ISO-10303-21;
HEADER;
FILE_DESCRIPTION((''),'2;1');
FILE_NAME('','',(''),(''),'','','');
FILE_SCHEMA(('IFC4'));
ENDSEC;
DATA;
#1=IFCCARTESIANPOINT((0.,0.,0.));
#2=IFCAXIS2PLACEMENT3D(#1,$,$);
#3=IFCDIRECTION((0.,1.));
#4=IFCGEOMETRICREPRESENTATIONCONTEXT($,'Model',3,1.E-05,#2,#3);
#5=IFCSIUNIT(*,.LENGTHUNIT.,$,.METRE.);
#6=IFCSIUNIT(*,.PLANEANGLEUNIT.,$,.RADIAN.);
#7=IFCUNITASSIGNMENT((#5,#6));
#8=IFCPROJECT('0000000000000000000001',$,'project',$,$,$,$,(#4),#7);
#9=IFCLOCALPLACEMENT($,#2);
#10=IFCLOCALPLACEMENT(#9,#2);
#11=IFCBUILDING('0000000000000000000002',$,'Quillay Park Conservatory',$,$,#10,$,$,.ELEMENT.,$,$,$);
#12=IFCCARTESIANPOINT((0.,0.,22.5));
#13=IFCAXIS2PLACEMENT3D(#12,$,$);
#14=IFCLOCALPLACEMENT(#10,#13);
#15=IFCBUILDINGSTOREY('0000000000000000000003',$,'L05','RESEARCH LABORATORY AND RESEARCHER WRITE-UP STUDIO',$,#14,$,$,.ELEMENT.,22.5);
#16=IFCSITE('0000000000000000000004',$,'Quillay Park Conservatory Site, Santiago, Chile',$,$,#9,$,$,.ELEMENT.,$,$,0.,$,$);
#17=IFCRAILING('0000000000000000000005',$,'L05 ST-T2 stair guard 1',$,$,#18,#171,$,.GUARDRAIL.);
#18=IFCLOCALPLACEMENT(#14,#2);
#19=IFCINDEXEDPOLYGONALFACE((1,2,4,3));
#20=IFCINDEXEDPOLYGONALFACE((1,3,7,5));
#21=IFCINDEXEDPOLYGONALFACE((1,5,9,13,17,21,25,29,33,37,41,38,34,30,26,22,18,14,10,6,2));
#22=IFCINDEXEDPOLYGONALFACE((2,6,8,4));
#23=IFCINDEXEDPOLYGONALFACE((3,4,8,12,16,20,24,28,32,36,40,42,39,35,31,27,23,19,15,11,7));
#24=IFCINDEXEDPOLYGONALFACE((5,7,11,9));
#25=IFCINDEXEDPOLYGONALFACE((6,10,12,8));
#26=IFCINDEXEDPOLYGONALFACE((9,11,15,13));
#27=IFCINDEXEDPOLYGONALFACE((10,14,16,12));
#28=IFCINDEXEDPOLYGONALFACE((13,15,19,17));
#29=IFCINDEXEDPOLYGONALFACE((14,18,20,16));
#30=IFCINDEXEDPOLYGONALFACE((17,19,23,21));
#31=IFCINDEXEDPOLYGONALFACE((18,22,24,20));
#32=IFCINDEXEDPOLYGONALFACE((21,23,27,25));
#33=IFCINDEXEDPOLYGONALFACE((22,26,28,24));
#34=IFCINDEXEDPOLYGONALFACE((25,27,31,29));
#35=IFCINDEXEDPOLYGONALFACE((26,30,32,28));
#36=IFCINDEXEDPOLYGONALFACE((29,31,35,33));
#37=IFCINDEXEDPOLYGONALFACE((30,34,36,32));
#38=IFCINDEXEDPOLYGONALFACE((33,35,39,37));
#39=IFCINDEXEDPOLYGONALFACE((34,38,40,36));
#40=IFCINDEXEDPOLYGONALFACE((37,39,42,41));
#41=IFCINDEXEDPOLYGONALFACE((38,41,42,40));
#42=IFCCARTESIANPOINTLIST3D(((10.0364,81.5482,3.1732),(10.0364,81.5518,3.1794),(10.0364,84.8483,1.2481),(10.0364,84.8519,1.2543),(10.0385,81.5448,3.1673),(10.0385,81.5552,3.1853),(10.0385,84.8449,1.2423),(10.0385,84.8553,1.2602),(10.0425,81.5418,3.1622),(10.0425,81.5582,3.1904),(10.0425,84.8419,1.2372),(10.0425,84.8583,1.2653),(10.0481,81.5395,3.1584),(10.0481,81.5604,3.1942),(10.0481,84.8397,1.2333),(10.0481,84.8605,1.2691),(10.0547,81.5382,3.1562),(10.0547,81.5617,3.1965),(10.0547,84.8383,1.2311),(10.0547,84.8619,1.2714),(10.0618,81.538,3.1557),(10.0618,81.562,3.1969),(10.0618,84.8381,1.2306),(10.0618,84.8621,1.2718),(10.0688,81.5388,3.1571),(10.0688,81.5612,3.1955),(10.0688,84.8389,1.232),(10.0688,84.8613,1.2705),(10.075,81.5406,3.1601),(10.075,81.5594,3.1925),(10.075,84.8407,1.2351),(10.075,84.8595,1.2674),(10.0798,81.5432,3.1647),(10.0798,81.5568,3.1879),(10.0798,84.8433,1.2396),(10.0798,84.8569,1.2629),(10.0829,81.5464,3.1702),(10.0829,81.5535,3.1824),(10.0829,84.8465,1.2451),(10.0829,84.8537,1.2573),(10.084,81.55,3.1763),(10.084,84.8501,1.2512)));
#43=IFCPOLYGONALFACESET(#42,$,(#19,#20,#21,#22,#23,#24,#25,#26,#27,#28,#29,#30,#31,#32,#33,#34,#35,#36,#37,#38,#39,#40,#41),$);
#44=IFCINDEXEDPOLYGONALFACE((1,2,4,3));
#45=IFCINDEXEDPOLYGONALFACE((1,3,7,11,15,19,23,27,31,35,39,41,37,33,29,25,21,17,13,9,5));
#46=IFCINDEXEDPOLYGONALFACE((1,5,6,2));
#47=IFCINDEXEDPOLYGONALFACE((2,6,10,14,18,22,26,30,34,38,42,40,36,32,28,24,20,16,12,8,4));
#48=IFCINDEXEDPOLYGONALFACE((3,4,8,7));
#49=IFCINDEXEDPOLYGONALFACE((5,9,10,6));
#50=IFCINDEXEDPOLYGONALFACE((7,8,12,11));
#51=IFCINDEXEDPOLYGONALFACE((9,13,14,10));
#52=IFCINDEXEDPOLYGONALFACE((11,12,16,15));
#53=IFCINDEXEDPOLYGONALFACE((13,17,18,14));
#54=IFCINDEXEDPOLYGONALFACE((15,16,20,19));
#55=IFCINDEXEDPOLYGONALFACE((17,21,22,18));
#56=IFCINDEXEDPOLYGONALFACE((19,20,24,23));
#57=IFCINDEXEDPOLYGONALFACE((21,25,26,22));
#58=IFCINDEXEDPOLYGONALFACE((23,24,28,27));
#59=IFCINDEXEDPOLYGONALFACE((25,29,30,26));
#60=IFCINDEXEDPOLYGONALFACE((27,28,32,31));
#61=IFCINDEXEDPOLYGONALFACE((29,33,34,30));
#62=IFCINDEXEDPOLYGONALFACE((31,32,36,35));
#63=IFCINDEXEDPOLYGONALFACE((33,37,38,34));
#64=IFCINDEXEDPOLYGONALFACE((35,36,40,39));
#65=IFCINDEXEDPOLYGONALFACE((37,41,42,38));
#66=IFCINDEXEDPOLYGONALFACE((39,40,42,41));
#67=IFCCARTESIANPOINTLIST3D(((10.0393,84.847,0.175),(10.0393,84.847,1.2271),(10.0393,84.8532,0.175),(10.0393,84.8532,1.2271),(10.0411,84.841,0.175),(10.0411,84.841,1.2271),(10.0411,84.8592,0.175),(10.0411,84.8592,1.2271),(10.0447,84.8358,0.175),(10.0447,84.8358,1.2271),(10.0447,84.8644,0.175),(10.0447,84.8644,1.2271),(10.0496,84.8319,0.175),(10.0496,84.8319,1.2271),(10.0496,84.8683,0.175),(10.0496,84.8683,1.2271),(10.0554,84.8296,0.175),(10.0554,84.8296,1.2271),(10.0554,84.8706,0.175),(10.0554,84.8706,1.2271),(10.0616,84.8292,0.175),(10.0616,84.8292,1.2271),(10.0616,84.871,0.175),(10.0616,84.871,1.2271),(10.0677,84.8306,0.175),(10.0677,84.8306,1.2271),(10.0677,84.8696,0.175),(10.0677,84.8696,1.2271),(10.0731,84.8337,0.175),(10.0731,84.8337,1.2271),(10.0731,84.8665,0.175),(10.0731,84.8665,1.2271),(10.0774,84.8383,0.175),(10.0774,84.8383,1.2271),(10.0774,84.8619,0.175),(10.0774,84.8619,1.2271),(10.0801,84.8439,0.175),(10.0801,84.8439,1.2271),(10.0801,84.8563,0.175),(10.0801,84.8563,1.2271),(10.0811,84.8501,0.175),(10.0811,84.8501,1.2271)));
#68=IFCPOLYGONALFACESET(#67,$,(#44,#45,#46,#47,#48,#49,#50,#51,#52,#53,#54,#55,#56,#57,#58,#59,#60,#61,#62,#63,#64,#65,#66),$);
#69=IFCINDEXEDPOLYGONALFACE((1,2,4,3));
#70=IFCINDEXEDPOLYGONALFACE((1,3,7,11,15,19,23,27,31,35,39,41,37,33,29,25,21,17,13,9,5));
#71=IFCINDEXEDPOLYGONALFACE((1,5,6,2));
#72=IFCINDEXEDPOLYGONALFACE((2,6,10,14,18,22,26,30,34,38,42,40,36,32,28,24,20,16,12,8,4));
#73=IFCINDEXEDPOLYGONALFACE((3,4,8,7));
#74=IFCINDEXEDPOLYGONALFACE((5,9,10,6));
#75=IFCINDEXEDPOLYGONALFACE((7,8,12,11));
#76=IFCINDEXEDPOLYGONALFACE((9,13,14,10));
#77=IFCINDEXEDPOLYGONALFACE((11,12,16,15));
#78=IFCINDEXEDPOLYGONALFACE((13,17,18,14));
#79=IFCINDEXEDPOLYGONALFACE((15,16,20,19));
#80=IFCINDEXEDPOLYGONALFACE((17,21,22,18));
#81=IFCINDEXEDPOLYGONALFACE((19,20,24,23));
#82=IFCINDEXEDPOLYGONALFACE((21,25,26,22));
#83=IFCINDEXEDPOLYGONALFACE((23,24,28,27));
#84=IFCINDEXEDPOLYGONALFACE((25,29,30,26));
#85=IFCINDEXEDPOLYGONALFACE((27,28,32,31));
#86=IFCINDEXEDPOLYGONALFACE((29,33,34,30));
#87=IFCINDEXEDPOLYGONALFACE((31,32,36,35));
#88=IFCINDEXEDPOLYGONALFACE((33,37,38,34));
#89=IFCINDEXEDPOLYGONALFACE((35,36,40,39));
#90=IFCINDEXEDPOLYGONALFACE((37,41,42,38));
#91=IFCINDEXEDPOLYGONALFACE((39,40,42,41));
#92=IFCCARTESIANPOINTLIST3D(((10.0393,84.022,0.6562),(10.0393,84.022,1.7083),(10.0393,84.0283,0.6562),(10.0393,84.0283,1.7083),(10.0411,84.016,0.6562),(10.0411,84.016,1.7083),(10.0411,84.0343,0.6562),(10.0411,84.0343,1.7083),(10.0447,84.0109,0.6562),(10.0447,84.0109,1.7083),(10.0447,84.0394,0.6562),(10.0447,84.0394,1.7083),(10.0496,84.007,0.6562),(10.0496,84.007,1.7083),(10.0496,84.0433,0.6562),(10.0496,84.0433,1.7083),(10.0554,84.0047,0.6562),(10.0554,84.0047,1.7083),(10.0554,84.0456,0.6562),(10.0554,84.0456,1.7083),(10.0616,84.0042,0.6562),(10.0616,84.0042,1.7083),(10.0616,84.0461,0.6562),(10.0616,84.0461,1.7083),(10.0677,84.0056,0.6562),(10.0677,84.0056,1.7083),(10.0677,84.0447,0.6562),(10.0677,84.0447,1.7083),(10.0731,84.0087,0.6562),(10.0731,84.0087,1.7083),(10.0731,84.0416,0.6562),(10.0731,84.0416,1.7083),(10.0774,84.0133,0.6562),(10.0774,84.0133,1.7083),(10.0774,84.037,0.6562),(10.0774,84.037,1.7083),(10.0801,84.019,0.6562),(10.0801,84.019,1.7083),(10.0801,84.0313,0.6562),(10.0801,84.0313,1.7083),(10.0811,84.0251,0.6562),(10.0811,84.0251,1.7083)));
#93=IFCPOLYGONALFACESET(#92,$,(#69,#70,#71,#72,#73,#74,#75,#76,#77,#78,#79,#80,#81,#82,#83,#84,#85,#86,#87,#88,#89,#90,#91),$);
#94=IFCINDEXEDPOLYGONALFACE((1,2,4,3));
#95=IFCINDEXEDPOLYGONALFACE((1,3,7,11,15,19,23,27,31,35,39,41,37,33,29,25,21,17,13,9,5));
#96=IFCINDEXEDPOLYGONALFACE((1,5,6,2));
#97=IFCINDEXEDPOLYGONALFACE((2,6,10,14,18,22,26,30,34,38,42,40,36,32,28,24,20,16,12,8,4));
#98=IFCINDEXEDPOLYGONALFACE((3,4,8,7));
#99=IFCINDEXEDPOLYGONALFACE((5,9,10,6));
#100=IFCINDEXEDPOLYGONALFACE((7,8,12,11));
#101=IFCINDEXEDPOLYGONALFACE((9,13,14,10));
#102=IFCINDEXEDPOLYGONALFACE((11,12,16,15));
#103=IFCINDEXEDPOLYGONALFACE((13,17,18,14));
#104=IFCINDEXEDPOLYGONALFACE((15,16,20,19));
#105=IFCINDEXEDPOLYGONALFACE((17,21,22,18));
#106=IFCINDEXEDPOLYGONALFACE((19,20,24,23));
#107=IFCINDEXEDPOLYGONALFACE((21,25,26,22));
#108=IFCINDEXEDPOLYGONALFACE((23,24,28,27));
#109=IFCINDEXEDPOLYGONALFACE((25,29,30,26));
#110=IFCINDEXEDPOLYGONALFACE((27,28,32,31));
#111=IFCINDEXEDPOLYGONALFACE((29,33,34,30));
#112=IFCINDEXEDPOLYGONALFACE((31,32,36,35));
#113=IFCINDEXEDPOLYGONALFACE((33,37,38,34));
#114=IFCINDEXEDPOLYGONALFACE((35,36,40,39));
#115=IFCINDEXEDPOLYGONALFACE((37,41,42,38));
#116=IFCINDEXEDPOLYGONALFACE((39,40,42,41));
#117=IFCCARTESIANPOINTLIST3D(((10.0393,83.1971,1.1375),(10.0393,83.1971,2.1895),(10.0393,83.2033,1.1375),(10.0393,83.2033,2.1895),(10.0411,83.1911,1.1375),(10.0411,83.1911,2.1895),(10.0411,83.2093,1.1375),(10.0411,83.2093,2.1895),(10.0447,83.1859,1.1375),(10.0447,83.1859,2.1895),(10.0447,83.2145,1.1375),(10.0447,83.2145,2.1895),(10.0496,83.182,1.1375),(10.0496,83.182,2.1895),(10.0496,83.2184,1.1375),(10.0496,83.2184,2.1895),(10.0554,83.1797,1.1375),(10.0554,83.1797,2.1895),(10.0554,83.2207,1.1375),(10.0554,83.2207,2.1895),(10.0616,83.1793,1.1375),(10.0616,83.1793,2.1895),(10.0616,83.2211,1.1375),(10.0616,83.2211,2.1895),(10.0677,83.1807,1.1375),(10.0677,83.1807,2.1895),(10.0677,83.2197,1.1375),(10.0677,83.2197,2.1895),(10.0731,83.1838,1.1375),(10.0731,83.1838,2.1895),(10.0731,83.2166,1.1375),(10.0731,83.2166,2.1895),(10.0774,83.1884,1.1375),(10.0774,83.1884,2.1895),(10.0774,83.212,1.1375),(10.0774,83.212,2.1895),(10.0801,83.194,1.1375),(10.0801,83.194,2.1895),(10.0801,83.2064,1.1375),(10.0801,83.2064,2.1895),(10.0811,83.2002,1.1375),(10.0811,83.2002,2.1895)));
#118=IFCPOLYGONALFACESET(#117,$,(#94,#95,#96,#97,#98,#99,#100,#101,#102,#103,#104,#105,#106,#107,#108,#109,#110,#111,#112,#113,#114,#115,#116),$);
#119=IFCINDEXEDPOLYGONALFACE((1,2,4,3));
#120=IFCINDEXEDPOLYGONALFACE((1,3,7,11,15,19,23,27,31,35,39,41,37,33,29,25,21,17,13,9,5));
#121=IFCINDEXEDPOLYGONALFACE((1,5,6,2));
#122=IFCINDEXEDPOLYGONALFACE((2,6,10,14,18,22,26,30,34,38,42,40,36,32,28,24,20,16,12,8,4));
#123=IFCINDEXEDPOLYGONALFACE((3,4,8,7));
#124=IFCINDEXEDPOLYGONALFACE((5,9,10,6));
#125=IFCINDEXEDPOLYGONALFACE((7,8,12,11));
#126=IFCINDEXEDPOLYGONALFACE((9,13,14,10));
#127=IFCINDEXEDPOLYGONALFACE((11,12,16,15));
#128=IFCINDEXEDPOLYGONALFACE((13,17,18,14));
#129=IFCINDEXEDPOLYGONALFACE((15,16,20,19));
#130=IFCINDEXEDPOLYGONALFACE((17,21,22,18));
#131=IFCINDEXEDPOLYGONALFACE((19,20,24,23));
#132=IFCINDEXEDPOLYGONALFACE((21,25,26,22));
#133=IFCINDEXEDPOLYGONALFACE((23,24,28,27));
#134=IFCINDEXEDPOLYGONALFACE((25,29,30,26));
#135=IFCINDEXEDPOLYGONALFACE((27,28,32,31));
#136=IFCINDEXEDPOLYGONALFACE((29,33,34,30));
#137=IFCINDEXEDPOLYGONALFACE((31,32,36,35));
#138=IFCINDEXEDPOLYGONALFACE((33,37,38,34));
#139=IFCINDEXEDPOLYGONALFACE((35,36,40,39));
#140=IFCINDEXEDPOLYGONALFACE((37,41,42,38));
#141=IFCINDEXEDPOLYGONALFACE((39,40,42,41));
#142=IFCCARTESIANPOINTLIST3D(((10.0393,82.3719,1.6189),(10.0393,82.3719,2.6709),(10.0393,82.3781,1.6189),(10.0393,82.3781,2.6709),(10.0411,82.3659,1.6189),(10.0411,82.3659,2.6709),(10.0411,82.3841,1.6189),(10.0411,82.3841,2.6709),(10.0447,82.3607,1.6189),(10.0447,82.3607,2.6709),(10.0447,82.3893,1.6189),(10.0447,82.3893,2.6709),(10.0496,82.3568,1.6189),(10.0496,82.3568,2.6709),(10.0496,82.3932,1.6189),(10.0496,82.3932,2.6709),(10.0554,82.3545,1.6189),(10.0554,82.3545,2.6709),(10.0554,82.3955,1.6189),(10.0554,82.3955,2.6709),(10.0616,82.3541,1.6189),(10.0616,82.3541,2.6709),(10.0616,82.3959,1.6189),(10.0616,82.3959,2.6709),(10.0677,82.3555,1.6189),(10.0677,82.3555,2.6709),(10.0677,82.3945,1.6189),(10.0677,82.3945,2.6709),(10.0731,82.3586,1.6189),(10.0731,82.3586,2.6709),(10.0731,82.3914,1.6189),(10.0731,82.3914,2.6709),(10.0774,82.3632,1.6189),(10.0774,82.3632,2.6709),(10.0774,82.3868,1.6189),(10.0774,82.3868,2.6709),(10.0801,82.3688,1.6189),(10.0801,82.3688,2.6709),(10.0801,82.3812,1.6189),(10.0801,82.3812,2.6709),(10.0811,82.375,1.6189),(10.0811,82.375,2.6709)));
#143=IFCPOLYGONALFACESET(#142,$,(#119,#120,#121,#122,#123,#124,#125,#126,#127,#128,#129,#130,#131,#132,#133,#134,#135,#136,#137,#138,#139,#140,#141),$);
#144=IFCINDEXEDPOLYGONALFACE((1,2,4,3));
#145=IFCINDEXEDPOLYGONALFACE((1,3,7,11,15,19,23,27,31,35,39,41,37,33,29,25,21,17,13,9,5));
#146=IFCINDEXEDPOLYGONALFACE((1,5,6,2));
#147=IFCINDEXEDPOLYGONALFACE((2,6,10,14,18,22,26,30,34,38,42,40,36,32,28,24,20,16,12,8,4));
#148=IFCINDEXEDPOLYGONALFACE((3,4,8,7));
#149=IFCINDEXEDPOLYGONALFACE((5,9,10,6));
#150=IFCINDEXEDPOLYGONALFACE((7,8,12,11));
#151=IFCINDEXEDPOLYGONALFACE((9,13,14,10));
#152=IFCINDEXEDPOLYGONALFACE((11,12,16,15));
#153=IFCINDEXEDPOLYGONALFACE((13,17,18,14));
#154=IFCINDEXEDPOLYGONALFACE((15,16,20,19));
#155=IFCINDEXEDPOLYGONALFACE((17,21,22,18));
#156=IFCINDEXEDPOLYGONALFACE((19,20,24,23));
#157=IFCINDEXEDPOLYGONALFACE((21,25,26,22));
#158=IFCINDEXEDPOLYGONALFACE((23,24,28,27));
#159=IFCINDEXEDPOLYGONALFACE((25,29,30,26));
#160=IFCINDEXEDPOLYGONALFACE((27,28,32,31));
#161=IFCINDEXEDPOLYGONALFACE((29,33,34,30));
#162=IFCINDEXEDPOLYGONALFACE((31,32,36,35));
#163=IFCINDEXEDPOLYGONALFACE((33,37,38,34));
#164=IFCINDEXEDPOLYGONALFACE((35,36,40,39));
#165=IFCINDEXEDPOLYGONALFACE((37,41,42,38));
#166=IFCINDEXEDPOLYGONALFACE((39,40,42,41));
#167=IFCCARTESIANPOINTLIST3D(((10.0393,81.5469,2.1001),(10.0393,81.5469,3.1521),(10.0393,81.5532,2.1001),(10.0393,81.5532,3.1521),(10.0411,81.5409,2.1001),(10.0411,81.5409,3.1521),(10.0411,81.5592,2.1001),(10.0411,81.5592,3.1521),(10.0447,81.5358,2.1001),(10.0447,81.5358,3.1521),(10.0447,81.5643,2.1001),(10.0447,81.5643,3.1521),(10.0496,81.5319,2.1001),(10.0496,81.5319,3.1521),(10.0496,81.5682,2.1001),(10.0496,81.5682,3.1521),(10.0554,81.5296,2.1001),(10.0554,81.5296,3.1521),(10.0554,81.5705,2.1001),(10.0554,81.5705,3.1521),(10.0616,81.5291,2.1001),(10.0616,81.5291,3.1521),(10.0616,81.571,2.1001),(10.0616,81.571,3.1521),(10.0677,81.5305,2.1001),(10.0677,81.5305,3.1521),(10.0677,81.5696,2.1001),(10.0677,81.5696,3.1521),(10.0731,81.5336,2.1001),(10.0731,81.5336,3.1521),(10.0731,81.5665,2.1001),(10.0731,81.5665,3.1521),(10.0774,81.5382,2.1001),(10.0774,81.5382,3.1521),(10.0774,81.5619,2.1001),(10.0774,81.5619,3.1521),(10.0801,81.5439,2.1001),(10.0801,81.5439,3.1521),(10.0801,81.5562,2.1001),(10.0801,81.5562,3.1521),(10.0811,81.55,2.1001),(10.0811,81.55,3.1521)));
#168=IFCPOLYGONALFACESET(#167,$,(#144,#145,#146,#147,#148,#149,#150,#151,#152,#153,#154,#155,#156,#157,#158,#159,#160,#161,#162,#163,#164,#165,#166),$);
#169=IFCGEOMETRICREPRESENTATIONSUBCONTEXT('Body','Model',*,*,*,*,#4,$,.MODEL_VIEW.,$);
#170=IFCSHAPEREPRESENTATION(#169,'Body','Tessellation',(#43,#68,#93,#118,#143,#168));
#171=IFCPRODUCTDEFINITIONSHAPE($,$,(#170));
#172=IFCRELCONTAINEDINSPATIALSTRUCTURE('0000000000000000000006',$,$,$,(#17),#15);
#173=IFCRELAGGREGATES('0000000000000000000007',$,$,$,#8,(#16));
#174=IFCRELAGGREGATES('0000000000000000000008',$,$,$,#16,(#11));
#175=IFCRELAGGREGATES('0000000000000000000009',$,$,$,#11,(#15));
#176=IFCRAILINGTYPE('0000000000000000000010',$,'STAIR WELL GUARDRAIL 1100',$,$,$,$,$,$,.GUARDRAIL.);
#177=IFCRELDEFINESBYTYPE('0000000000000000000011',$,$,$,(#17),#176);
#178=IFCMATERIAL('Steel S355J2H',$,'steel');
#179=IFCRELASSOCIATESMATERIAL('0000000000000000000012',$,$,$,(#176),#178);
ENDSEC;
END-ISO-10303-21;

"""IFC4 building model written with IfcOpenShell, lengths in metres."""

from ifc_helpers import new_model, si_unit, direction, frame, origin, origin_2d, place, context, subcontext, project, spatial, circle, extrude, material, type_object, element, save


model = new_model("IFC4")

# Units and contexts
model_context = context("Model", 3, precision=1e-05, world=origin(), true_north=direction((0.0, 1.0)))
body_context = subcontext(model_context, "Body", "Model", "MODEL_VIEW")
ifc_project = project(units=[si_unit("LENGTHUNIT", "METRE"), si_unit("PLANEANGLEUNIT", "RADIAN")], contexts=[model_context])

# Site, building, storey
site_placement = place(None, origin())
site = spatial("IfcSite", under=ifc_project, at=site_placement, Name="Quillay Park Conservatory Site, Santiago, Chile", CompositionType="ELEMENT", RefElevation=0.0)
building_placement = place(site_placement, origin())
building = spatial("IfcBuilding", under=site, at=building_placement, Name="Quillay Park Conservatory", CompositionType="ELEMENT")
storey_placement = place(building_placement, frame((0.0, 0.0, 22.5)))
storey = spatial("IfcBuildingStorey", under=building, at=storey_placement, Name="L05", Description="RESEARCH LABORATORY AND RESEARCHER WRITE-UP STUDIO", CompositionType="ELEMENT", Elevation=22.5)

# Railing
ifc_material_1 = material(Name="Steel S355J2H", Category="steel")
railing_type_1 = type_object("IfcRailingType", Name="STAIR WELL GUARDRAIL 1100", PredefinedType="GUARDRAIL", material=ifc_material_1)
railing_1_placement = place(storey_placement, frame((10.0601, 84.8501, 0.175)))
element("IfcRailing", 1, at=railing_1_placement, inside=storey, type_object=railing_type_1, Name="L05 ST-T2 stair guard 1", PredefinedType="GUARDRAIL", context=body_context, shape_type="SweptSolid", body=[
    extrude(circle(Radius=0.0239, at=origin_2d()), frame((0.0, 0.0, 1.0762), z_axis=(0.0, -0.863777, 0.503875), x_axis=(1.0, 0.0, 0.0)), (0.0, 0.0, 1.0), 3.8206),
    extrude(circle(Radius=0.021, at=origin_2d()), origin(), (0.0, 0.0, 1.0), 1.052),
    extrude(circle(Radius=0.021, at=origin_2d()), frame((0.0, -0.825, 0.4812)), (0.0, 0.0, 1.0), 1.052),
    extrude(circle(Radius=0.021, at=origin_2d()), frame((0.0, -1.6499, 0.9624)), (0.0, 0.0, 1.0), 1.052),
    extrude(circle(Radius=0.021, at=origin_2d()), frame((0.0, -2.4751, 1.4438)), (0.0, 0.0, 1.0), 1.052),
    extrude(circle(Radius=0.021, at=origin_2d()), frame((0.0, -3.3, 1.925)), (0.0, 0.0, 1.0), 1.052),
])

save(model, "model.ifc")
